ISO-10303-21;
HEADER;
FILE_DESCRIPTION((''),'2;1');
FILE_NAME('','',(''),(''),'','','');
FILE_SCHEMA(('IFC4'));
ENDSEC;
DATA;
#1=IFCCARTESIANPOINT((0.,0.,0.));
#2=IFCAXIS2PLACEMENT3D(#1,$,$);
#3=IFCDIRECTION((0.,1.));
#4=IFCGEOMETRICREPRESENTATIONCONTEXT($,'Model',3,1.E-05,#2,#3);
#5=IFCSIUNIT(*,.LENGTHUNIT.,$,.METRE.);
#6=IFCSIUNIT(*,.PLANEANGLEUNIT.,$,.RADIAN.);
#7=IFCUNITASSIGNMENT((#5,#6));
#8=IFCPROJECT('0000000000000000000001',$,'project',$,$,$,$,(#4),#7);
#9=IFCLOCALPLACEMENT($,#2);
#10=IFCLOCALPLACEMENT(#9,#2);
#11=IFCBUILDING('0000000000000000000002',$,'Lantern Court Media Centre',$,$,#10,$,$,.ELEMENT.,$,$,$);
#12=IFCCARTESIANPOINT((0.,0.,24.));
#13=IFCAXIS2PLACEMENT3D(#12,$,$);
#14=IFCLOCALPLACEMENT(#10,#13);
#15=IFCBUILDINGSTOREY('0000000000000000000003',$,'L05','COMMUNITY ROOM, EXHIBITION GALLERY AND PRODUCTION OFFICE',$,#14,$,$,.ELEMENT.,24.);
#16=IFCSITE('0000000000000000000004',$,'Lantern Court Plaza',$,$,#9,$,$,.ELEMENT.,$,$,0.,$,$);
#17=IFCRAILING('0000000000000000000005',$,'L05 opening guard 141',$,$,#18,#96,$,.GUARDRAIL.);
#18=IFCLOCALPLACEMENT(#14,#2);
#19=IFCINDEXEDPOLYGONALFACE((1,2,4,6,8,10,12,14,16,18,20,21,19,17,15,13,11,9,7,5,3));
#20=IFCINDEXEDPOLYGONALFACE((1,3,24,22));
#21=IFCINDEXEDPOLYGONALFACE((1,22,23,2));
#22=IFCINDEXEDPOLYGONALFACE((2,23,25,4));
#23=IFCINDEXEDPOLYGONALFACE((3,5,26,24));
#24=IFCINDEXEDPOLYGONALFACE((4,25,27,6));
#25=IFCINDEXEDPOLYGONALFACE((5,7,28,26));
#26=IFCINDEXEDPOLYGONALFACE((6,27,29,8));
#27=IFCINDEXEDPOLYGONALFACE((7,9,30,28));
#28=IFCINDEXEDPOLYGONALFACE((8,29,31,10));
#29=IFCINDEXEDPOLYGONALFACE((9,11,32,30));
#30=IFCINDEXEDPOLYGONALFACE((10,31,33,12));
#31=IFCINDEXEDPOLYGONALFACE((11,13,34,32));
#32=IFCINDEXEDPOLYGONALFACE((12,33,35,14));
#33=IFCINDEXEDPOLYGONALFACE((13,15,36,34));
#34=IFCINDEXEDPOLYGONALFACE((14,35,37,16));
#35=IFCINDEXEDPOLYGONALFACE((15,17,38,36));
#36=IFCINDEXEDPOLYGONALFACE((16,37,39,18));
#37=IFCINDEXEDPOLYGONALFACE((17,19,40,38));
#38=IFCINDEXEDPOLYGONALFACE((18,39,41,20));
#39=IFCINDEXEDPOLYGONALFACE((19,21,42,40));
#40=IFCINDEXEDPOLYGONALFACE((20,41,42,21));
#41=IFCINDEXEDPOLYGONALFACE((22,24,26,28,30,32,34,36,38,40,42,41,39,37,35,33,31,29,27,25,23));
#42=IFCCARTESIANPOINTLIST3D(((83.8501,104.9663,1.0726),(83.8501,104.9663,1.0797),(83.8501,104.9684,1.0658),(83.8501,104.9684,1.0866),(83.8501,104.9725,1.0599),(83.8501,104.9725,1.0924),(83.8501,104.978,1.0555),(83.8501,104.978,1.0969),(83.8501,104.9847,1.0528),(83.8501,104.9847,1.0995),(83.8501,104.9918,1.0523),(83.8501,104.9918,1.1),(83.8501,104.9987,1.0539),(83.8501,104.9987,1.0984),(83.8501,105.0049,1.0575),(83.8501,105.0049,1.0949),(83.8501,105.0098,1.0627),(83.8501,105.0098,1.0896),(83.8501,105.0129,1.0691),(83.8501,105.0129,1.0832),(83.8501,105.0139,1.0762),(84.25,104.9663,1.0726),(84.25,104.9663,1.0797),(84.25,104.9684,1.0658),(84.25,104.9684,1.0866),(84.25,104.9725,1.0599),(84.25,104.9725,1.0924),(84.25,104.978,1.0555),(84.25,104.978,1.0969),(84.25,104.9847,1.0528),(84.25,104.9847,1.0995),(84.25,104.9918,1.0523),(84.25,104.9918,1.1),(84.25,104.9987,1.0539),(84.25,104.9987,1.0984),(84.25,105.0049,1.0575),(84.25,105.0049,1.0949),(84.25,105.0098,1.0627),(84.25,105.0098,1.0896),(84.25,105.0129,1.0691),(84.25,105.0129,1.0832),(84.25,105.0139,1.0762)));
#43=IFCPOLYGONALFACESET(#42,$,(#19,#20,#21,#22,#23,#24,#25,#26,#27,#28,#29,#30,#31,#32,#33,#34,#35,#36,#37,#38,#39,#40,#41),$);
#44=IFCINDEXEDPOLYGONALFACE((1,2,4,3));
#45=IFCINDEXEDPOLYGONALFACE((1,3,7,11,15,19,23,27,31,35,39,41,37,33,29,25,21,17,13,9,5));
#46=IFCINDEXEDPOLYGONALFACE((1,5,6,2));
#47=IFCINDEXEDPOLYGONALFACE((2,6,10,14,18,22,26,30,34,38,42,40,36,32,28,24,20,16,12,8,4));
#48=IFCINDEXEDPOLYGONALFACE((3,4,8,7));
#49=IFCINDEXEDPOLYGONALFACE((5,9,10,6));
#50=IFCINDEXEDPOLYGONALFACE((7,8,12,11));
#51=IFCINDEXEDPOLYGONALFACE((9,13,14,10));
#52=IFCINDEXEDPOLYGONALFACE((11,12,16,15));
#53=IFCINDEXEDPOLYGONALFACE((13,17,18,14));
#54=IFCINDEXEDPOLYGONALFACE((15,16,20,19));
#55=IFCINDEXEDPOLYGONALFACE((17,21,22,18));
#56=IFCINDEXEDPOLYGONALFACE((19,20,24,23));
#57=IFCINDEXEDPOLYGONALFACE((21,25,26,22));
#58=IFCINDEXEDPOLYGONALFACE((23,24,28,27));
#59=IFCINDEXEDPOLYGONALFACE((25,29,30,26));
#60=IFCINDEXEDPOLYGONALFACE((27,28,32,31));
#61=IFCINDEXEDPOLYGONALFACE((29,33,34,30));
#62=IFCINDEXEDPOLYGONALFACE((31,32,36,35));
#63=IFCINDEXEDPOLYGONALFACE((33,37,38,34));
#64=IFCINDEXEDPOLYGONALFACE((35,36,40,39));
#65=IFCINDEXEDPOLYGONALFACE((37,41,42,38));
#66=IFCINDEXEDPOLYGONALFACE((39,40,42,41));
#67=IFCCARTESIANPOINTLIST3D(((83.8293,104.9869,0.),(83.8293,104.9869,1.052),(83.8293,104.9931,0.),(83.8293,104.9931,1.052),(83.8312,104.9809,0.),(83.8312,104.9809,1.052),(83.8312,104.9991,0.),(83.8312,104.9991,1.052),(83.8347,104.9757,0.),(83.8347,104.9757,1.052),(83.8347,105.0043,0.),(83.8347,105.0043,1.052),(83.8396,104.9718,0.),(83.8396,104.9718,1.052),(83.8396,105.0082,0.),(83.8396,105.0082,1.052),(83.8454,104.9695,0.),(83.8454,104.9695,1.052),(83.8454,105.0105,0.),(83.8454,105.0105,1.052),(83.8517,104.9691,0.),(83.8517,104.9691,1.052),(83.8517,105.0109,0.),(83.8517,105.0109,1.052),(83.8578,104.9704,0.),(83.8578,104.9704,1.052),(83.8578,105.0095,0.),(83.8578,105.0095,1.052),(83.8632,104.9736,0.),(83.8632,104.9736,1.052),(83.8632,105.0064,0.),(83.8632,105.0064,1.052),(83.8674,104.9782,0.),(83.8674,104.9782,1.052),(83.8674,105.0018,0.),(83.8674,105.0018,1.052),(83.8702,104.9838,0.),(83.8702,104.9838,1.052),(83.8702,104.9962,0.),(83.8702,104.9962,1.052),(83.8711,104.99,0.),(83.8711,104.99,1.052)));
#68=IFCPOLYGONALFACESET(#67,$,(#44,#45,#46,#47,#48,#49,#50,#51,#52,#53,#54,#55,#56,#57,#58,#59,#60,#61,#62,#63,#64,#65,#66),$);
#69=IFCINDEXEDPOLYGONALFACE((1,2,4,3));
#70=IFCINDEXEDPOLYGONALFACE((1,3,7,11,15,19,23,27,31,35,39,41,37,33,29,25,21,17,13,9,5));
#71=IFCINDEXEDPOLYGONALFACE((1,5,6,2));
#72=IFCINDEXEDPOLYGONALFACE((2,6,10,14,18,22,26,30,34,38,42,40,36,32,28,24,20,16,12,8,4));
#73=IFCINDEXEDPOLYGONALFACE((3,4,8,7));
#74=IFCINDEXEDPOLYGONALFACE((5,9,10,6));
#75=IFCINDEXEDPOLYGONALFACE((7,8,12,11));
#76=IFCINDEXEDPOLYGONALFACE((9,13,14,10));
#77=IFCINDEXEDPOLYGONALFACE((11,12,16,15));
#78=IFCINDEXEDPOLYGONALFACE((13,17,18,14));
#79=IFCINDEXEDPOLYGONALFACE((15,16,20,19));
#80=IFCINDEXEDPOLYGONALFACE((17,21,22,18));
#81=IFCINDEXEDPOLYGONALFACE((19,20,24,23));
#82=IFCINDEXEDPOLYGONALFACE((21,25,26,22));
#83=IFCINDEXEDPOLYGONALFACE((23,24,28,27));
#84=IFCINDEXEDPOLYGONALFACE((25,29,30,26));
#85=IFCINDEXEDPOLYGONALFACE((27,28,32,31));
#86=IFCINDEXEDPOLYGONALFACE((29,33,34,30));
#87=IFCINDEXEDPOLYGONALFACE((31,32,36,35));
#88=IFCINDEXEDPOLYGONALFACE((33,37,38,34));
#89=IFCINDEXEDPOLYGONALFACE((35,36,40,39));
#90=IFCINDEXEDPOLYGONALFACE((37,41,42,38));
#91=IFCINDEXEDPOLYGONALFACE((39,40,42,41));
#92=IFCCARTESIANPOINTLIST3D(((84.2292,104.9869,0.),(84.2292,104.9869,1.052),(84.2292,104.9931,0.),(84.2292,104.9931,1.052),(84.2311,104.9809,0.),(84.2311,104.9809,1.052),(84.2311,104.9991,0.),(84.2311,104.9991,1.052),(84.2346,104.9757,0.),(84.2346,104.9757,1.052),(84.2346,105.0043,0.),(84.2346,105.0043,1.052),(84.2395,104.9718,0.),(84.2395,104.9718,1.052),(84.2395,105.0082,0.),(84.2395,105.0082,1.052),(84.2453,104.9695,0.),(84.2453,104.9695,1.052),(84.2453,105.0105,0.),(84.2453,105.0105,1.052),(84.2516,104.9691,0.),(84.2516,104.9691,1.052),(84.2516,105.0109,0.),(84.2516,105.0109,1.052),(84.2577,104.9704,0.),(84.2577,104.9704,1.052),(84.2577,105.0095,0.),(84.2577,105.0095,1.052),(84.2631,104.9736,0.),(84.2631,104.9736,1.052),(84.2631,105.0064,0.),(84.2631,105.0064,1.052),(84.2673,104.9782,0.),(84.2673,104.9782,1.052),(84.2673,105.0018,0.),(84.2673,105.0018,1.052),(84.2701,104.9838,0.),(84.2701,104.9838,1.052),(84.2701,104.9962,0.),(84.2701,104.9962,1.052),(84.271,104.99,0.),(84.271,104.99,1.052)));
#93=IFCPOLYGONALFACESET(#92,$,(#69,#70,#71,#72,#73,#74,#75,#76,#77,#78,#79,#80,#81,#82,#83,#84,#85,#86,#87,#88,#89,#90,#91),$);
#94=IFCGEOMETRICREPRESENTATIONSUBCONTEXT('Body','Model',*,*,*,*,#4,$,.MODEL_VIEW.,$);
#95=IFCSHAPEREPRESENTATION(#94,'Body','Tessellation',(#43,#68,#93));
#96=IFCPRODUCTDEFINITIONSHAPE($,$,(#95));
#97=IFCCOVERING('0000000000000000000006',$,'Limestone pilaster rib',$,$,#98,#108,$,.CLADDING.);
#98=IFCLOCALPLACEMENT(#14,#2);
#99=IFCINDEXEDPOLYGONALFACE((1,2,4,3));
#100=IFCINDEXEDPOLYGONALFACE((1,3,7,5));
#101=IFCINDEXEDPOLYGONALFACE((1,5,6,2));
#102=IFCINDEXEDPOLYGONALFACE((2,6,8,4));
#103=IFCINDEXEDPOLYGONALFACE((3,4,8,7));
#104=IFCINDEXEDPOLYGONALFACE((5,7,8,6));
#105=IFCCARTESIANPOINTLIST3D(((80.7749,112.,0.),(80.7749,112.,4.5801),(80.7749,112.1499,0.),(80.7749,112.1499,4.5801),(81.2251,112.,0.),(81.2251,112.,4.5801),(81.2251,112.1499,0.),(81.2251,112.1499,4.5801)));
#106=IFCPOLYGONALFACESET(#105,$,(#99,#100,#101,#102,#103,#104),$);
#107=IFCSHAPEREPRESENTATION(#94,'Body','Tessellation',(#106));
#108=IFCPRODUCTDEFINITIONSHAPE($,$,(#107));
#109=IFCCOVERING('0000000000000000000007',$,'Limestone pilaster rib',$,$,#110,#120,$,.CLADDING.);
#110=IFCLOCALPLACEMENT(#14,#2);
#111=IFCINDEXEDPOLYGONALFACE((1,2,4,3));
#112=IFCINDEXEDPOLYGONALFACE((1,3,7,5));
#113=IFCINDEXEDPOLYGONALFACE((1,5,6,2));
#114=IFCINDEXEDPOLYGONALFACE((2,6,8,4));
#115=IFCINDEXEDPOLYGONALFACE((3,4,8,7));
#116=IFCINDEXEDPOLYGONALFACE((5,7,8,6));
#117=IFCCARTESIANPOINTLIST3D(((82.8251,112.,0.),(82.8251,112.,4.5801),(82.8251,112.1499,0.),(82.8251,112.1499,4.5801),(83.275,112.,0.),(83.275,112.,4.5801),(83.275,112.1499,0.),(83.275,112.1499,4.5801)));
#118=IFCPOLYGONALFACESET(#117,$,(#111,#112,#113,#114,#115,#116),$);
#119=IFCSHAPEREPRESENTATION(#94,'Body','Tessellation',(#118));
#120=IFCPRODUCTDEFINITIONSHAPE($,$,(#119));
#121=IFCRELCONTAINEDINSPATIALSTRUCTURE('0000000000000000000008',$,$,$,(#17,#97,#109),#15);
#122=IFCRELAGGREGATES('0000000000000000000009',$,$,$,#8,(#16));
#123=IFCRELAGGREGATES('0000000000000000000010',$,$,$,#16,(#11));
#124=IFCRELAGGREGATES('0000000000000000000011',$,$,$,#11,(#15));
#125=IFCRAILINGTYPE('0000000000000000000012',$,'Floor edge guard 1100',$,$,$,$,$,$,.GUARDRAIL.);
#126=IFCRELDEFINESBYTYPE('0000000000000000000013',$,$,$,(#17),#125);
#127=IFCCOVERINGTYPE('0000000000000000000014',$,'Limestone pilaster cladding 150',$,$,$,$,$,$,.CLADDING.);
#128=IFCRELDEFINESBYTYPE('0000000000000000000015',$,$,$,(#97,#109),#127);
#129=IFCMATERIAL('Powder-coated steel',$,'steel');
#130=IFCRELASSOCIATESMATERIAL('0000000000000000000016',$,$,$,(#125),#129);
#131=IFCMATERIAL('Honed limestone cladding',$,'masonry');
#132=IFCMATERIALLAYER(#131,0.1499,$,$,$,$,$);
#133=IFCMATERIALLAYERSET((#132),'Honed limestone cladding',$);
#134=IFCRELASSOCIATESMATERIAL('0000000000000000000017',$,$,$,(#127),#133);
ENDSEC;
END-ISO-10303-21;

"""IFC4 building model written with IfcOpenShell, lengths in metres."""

from ifc_helpers import new_model, si_unit, direction, frame, frame_2d, origin, origin_2d, place, context, subcontext, project, spatial, rectangle, circle, extrude, material, layer, layer_set, type_object, element, save


model = new_model("IFC4")

# Units and contexts
model_context = context("Model", 3, precision=1e-05, world=origin(), true_north=direction((0.0, 1.0)))
body_context = subcontext(model_context, "Body", "Model", "MODEL_VIEW")
ifc_project = project(units=[si_unit("LENGTHUNIT", "METRE"), si_unit("PLANEANGLEUNIT", "RADIAN")], contexts=[model_context])

# Site, building, storey
site_placement = place(None, origin())
site = spatial("IfcSite", under=ifc_project, at=site_placement, Name="Lantern Court Plaza", CompositionType="ELEMENT", RefElevation=0.0)
building_placement = place(site_placement, origin())
building = spatial("IfcBuilding", under=site, at=building_placement, Name="Lantern Court Media Centre", CompositionType="ELEMENT")
storey_placement = place(building_placement, frame((0.0, 0.0, 24.0)))
storey = spatial("IfcBuildingStorey", under=building, at=storey_placement, Name="L05", Description="COMMUNITY ROOM, EXHIBITION GALLERY AND PRODUCTION OFFICE", CompositionType="ELEMENT", Elevation=24.0)

# Railing
ifc_material_1 = material(Name="Powder-coated steel", Category="steel")
railing_type_1 = type_object("IfcRailingType", Name="Floor edge guard 1100", PredefinedType="GUARDRAIL", material=ifc_material_1)
railing_1_placement = place(storey_placement, frame((83.8501, 104.99, 0.0)))
element("IfcRailing", 1, at=railing_1_placement, inside=storey, type_object=railing_type_1, Name="L05 opening guard 141", PredefinedType="GUARDRAIL", context=body_context, shape_type="SweptSolid", body=[
    extrude(circle(Radius=0.0239, at=origin_2d()), frame((0.0, 0.0, 1.0762), z_axis=(1.0, 0.0, 0.0), x_axis=(0.0, 1.0, 0.0)), (0.0, 0.0, 1.0), 0.3999),
    extrude(circle(Radius=0.021, at=origin_2d()), origin(), (0.0, 0.0, 1.0), 1.052),
    extrude(circle(Radius=0.021, at=origin_2d()), frame((0.3999, 0.0, 0.0)), (0.0, 0.0, 1.0), 1.052),
])

# Coverings
ifc_material_2 = material(Name="Honed limestone cladding", Category="masonry")
ifc_layer_1 = layer(ifc_material_2, 0.1499)
ifc_layer_set_1 = layer_set([ifc_layer_1], Name="Honed limestone cladding")
covering_type = type_object("IfcCoveringType", Name="Limestone pilaster cladding 150", PredefinedType="CLADDING", material=ifc_layer_set_1)
covering_1_placement = place(storey_placement, frame((80.7749, 112.075, 0.0), z_axis=(0.0, 0.0, 1.0), x_axis=(1.0, 0.0, 0.0)))
element("IfcCovering", 2, at=covering_1_placement, inside=storey, type_object=covering_type, Name="Limestone pilaster rib", PredefinedType="CLADDING", context=body_context, shape_type="SweptSolid", body=[
    extrude(rectangle(XDim=0.4502, YDim=0.1499, at=frame_2d((0.2251, 0.0))), origin(), (0.0, 0.0, 1.0), 4.5801),
])
covering_2_placement = place(storey_placement, frame((82.825, 112.075, 0.0), z_axis=(0.0, 0.0, 1.0), x_axis=(1.0, 0.0, 0.0)))
element("IfcCovering", 3, at=covering_2_placement, inside=storey, type_object=covering_type, Name="Limestone pilaster rib", PredefinedType="CLADDING", context=body_context, shape_type="SweptSolid", body=[
    extrude(rectangle(XDim=0.45, YDim=0.1499, at=frame_2d((0.2251, 0.0))), origin(), (0.0, 0.0, 1.0), 4.5801),
])

save(model, "model.ifc")
